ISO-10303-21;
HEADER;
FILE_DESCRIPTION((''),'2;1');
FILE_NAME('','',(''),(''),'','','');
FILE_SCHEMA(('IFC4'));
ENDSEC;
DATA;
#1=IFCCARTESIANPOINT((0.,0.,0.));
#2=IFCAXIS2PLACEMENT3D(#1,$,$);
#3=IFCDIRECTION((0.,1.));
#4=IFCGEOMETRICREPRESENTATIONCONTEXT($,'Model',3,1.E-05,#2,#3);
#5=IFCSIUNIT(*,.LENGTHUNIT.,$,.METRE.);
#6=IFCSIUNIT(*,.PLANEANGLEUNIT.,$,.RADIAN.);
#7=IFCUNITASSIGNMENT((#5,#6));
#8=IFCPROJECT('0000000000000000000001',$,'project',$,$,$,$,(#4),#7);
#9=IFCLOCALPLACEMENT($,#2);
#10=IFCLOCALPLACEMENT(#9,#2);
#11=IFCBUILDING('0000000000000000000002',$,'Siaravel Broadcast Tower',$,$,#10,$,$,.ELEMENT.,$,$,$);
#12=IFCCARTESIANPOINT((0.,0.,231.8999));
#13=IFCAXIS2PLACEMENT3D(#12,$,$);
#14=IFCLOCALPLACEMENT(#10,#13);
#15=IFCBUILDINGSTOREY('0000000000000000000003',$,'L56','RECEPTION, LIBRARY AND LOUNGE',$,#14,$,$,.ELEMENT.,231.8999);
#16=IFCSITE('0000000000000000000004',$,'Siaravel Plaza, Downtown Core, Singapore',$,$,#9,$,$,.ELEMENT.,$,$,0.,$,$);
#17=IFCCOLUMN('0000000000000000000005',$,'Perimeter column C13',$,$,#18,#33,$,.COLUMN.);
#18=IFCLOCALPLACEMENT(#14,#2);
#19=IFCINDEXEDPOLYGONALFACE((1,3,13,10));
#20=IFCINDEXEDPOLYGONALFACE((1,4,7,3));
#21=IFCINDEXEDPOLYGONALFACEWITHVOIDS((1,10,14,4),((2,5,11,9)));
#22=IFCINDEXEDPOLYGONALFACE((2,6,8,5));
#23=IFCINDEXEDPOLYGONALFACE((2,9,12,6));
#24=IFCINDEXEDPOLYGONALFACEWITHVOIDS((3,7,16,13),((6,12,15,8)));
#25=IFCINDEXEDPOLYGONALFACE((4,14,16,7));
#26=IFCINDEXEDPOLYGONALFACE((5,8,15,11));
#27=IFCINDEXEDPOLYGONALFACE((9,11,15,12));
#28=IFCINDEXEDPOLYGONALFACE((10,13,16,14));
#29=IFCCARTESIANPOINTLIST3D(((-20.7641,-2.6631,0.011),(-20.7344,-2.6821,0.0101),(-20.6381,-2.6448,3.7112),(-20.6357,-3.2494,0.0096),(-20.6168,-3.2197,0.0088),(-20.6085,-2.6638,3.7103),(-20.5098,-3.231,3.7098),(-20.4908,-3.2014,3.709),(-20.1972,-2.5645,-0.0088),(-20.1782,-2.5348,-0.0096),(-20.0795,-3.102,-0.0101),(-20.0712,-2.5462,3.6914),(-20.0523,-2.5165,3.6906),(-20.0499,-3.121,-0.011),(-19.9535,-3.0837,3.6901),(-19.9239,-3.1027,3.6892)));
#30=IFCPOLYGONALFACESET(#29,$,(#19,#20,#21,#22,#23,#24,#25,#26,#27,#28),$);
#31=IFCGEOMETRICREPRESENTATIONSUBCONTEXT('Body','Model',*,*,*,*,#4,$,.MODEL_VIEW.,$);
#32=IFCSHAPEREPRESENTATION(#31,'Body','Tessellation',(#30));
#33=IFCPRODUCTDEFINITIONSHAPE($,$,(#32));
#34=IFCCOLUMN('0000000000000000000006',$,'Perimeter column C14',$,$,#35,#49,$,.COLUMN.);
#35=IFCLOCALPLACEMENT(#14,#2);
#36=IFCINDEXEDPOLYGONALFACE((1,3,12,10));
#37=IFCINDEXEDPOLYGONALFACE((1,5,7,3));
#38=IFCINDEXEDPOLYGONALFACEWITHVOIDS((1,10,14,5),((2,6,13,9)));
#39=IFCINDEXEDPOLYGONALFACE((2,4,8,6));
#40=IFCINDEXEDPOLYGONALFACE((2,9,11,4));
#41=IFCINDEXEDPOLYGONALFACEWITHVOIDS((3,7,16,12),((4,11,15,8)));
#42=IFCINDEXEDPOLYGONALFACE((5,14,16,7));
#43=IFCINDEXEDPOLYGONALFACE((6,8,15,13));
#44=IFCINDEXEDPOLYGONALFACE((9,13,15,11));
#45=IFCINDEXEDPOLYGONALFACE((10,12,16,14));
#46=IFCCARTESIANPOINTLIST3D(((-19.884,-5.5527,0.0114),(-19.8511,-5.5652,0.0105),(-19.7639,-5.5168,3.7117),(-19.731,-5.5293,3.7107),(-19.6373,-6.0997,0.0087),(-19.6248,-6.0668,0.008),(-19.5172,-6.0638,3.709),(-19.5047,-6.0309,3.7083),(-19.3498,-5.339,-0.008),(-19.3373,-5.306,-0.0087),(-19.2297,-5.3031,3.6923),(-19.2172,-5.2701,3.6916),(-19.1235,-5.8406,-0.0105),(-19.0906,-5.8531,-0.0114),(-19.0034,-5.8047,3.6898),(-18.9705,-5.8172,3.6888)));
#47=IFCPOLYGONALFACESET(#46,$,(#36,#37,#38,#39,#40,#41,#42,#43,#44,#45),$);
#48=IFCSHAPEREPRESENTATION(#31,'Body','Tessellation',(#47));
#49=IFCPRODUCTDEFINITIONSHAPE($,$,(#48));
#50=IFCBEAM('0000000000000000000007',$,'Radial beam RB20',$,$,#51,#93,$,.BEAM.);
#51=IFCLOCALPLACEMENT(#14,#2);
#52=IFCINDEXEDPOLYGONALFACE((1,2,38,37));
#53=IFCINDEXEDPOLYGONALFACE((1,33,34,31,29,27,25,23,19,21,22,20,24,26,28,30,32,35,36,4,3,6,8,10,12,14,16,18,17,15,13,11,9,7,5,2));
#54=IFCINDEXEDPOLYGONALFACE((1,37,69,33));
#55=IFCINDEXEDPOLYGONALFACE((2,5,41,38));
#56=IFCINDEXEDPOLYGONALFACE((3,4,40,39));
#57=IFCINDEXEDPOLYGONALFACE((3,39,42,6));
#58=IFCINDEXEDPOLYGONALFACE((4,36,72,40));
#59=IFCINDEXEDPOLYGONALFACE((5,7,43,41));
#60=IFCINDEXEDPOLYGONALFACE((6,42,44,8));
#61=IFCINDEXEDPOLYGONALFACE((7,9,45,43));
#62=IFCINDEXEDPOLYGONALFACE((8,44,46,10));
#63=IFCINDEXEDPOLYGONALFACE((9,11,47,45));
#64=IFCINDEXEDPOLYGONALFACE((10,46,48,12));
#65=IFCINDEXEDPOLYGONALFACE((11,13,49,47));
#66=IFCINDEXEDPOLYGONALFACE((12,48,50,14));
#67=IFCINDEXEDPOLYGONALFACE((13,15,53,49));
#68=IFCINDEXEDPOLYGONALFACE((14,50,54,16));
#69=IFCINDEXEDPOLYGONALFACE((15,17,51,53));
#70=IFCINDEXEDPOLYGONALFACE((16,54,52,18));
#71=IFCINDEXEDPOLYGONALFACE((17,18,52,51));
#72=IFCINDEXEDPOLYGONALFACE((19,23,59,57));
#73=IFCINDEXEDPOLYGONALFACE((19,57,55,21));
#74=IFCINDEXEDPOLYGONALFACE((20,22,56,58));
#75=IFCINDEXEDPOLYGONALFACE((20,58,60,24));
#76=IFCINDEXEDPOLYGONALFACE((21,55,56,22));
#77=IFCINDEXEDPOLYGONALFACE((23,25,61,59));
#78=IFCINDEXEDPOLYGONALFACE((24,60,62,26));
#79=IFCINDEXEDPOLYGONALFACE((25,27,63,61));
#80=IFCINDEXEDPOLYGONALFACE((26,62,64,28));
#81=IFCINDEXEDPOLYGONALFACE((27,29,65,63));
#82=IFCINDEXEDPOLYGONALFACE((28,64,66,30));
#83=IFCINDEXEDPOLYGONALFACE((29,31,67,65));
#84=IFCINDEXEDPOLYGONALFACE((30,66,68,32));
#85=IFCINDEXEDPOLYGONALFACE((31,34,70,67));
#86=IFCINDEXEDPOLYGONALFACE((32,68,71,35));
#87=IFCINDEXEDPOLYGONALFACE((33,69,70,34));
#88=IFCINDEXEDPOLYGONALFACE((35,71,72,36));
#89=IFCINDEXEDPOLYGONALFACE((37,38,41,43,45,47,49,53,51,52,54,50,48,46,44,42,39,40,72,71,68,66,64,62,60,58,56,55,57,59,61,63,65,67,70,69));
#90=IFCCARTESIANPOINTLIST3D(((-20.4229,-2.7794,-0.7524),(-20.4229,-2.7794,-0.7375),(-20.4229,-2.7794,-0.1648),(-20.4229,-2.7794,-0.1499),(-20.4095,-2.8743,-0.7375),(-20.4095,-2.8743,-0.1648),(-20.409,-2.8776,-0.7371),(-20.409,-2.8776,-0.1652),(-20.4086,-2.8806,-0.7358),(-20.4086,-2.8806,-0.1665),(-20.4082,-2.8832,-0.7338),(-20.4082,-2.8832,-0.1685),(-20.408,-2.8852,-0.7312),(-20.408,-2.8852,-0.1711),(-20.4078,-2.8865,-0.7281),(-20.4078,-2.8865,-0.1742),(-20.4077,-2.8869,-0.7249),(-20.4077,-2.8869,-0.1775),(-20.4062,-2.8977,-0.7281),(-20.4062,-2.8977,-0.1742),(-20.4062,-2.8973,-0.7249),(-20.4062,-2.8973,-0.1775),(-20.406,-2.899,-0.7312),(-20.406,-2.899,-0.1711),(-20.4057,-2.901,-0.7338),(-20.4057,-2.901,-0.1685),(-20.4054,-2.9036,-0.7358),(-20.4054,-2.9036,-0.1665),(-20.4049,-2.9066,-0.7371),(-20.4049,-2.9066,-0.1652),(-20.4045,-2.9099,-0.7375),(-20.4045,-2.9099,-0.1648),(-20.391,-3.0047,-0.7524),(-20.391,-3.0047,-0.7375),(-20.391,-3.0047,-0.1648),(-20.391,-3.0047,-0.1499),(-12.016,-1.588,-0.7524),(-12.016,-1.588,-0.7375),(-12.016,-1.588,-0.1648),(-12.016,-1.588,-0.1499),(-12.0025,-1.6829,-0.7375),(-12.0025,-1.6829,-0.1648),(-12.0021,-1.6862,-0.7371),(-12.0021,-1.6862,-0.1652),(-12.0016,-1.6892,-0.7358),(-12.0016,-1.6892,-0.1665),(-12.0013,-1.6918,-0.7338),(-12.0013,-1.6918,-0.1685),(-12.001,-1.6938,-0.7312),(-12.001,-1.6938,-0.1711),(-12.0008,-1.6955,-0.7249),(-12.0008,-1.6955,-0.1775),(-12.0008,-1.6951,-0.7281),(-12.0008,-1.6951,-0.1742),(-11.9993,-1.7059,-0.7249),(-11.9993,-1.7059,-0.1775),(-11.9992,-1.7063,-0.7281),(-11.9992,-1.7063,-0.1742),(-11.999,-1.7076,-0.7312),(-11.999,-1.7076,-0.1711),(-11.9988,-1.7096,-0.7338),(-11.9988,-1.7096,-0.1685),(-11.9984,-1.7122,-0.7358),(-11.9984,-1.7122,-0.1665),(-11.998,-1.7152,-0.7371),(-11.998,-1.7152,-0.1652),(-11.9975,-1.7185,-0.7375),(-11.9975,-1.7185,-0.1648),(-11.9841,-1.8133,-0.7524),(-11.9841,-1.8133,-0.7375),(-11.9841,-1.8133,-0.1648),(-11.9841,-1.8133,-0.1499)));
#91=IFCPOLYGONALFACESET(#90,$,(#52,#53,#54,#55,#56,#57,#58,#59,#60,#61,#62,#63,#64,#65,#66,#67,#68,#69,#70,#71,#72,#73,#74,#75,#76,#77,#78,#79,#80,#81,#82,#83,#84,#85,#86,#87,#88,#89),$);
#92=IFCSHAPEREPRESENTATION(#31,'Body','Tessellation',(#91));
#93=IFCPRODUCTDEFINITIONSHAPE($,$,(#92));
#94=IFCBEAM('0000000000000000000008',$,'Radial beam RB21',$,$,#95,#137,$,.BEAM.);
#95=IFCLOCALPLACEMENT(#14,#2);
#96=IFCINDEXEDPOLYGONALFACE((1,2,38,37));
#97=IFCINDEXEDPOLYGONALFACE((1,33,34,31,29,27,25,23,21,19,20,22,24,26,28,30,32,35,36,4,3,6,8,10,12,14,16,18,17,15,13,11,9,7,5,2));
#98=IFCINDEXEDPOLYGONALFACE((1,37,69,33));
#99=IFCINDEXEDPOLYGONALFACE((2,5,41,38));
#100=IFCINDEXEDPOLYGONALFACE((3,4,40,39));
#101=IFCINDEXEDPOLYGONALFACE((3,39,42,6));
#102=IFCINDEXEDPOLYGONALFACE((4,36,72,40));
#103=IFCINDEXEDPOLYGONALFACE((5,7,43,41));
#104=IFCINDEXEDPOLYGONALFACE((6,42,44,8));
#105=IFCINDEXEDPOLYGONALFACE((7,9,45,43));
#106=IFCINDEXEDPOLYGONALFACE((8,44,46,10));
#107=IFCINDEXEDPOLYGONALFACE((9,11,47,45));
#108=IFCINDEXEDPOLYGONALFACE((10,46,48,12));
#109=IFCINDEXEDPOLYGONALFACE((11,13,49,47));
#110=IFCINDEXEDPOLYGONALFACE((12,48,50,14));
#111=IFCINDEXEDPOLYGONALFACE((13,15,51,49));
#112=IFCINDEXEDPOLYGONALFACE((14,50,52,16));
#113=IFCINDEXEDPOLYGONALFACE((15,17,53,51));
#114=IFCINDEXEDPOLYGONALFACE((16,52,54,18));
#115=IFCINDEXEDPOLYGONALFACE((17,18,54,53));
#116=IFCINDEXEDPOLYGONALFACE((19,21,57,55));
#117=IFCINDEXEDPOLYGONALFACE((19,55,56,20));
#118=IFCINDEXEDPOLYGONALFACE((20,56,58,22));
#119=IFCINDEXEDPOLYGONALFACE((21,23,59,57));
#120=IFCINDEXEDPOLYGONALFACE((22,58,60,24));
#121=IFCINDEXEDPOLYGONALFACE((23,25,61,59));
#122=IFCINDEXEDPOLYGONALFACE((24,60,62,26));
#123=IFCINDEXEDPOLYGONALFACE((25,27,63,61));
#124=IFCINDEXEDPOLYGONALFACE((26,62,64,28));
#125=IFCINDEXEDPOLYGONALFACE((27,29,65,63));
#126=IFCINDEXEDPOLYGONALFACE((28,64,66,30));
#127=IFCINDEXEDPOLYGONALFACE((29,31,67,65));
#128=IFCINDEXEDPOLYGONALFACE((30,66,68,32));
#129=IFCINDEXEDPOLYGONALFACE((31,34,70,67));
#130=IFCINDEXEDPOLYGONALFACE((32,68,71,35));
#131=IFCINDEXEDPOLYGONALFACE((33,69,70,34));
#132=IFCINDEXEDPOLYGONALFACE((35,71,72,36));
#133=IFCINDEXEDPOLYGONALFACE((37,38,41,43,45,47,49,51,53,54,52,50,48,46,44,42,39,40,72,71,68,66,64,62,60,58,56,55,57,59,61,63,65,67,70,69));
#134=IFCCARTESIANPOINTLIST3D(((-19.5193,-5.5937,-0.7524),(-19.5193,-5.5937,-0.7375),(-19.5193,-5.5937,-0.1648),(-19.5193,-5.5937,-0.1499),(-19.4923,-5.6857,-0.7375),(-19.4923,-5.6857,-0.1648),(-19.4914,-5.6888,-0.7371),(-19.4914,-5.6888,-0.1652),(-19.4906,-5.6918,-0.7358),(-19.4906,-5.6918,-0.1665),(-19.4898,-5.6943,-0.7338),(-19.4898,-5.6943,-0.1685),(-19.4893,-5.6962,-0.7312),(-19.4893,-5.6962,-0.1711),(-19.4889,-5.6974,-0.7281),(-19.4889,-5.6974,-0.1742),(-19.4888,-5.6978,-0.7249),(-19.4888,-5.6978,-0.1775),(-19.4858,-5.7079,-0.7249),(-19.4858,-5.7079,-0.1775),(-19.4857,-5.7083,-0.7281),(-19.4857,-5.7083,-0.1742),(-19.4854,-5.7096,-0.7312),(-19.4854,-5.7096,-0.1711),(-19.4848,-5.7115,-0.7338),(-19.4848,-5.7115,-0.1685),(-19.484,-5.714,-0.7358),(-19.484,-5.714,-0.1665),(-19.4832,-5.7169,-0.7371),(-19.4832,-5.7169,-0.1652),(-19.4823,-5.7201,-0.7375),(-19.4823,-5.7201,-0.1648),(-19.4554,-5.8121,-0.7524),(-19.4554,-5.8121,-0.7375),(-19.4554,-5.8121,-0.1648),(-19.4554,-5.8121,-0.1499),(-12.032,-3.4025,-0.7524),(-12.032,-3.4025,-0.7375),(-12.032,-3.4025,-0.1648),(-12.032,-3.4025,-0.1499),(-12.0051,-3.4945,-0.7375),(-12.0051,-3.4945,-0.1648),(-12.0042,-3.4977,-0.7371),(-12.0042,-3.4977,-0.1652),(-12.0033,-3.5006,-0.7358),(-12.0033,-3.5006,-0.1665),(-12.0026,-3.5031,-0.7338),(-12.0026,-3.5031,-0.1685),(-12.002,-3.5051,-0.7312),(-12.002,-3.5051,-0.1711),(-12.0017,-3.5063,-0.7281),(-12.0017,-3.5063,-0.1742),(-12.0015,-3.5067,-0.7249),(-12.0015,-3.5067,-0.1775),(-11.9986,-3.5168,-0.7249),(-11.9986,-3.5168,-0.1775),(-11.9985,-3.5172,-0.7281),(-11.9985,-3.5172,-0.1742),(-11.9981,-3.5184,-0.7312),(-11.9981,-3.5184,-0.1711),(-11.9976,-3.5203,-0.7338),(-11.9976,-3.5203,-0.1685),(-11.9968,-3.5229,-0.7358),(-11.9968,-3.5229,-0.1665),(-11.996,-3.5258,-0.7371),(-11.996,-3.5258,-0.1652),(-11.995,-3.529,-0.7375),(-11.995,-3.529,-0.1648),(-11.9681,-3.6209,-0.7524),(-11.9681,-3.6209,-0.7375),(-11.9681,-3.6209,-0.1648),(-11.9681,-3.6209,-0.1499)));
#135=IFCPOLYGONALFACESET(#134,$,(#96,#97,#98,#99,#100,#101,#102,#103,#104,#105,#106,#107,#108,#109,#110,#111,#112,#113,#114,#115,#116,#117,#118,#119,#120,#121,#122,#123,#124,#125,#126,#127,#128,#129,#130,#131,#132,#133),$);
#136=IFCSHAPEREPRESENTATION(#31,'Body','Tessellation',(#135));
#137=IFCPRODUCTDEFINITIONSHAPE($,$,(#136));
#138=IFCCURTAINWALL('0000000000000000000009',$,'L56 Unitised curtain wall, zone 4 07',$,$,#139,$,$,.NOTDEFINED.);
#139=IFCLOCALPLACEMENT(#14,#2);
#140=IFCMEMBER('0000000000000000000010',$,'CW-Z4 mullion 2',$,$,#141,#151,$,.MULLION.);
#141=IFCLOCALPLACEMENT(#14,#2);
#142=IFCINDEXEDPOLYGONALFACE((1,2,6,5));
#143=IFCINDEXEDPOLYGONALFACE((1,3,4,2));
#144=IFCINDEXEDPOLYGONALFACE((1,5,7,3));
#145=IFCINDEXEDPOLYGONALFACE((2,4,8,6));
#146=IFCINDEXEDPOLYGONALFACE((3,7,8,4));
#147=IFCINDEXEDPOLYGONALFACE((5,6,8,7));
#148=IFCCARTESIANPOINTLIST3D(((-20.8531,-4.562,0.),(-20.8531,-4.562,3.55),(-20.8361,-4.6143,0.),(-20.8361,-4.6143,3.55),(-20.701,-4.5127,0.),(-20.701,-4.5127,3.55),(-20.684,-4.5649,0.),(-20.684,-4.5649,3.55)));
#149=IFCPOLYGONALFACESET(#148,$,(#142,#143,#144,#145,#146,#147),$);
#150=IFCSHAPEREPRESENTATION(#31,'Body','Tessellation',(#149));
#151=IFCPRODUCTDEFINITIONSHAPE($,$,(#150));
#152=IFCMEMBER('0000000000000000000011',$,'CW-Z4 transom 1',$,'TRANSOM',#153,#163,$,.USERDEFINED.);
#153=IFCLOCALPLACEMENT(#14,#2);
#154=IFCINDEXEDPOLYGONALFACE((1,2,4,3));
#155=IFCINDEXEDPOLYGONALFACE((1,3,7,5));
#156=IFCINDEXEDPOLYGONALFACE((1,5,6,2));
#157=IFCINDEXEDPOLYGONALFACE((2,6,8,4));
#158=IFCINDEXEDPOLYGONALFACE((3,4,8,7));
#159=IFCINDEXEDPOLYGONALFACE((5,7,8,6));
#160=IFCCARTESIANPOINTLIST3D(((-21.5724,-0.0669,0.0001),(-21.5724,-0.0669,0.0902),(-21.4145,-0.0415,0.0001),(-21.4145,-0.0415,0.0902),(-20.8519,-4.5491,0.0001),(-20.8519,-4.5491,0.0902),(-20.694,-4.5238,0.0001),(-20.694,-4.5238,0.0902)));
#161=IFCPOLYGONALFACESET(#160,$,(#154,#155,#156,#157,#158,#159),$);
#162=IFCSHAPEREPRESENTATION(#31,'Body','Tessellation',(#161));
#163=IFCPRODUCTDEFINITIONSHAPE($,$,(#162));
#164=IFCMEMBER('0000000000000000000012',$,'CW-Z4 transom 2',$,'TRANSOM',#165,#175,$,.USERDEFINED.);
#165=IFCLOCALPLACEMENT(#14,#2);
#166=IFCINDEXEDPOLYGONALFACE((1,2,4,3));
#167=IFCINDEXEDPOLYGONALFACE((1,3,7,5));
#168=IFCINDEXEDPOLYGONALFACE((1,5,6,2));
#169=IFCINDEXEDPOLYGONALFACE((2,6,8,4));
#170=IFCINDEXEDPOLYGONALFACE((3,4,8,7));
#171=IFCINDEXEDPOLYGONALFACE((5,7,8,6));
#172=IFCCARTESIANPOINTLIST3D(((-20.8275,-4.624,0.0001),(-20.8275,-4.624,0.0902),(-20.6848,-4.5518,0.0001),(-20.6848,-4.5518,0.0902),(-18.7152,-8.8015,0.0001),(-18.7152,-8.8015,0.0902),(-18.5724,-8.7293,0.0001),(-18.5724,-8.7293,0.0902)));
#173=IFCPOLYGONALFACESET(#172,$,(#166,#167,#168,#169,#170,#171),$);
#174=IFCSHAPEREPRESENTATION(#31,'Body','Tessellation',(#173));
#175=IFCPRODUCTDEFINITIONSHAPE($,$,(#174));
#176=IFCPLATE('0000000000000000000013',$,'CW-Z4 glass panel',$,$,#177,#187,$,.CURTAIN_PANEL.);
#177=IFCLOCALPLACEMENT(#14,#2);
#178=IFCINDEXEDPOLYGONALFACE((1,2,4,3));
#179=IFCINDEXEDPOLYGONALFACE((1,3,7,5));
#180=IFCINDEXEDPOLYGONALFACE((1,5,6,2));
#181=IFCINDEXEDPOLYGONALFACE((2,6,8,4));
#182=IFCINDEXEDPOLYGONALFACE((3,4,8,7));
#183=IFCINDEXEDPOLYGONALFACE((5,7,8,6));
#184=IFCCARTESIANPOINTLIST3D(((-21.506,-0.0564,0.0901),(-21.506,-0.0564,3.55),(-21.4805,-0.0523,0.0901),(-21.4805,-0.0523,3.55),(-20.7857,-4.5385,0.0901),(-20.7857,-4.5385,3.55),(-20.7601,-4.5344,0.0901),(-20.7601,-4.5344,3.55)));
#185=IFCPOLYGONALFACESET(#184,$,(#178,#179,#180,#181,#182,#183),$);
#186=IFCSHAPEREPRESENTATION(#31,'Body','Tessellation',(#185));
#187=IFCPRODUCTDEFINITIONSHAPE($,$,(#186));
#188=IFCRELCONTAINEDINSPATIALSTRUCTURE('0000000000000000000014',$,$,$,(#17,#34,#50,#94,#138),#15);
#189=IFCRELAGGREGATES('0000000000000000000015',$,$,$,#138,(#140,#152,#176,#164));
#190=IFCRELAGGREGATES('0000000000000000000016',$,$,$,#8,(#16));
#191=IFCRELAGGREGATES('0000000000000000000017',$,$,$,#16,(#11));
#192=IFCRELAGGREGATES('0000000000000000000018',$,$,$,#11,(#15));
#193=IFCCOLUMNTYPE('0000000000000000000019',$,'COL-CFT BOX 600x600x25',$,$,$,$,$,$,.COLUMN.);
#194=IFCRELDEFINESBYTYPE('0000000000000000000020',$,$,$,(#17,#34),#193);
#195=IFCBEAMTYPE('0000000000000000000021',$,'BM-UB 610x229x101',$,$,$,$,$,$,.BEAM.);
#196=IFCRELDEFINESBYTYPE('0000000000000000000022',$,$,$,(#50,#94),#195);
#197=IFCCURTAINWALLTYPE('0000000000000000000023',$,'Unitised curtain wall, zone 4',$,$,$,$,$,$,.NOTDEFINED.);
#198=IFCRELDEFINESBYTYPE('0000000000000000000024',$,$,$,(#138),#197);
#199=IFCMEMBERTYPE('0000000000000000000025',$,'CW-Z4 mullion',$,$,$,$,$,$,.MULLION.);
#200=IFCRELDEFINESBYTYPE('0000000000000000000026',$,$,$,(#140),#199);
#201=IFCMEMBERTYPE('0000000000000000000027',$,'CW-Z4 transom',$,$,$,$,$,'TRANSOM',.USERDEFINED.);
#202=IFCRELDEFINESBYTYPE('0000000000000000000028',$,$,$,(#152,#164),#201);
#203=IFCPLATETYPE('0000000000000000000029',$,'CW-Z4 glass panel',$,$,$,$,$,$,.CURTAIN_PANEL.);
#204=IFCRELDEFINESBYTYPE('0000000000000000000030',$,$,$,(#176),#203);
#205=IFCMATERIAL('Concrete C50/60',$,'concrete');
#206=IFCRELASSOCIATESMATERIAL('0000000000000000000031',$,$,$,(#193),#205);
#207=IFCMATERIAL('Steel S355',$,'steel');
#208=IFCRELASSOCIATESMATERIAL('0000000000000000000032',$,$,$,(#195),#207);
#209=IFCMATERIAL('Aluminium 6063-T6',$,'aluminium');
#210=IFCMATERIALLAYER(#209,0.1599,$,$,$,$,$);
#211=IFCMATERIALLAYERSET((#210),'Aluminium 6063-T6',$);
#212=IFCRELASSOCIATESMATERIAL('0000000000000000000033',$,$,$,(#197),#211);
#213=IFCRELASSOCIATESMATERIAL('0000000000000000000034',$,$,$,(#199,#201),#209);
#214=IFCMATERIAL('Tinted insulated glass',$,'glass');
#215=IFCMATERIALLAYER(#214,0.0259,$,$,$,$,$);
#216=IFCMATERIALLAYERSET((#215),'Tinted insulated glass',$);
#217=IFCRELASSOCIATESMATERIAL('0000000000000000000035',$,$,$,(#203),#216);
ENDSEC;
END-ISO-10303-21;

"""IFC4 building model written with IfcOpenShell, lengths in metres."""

from ifc_helpers import new_model, si_unit, direction, frame, origin, origin_2d, place, context, subcontext, project, spatial, rectangle, hollow_rectangle, i_section, extrude, material, layer, layer_set, material_profile, profile_set, type_object, element, aggregate, save


model = new_model("IFC4")

# Units and contexts
model_context = context("Model", 3, precision=1e-05, world=origin(), true_north=direction((0.0, 1.0)))
body_context = subcontext(model_context, "Body", "Model", "MODEL_VIEW")
ifc_project = project(units=[si_unit("LENGTHUNIT", "METRE"), si_unit("PLANEANGLEUNIT", "RADIAN")], contexts=[model_context])

# Site, building, storey
site_placement = place(None, origin())
site = spatial("IfcSite", under=ifc_project, at=site_placement, Name="Siaravel Plaza, Downtown Core, Singapore", CompositionType="ELEMENT", RefElevation=0.0)
building_placement = place(site_placement, origin())
building = spatial("IfcBuilding", under=site, at=building_placement, Name="Siaravel Broadcast Tower", CompositionType="ELEMENT")
storey_placement = place(building_placement, frame((0.0, 0.0, 231.8999)))
storey = spatial("IfcBuildingStorey", under=building, at=storey_placement, Name="L56", Description="RECEPTION, LIBRARY AND LOUNGE", CompositionType="ELEMENT", Elevation=231.8999)

# Columns
ifc_material_1 = material(Name="Concrete C50/60", Category="concrete")
ifc_material_profile_1 = material_profile(ifc_material_1, hollow_rectangle(XDim=0.6001, YDim=0.6001, WallThickness=0.0249, at=origin_2d()))
ifc_profile_set_1 = profile_set([ifc_material_profile_1], Name="Concrete C50/60")
column_type = type_object("IfcColumnType", Name="COL-CFT BOX 600x600x25", PredefinedType="COLUMN", material=ifc_profile_set_1)
for number, where, z_axis, x_axis, name in (
    (1, (-20.407, -2.8921, 0.0), (0.034026, 0.004946, 0.999409), (-0.213875, 0.976858, 0.002448), "Perimeter column C13"),
    (2, (-19.4873, -5.7029, 0.0), (0.032444, 0.009694, 0.999427), (-0.411141, 0.911561, 0.004505), "Perimeter column C14"),
):
    element("IfcColumn", number, at=place(storey_placement, frame(where, z_axis=z_axis, x_axis=x_axis)), inside=storey, type_object=column_type, Name=name, PredefinedType="COLUMN", context=body_context, shape_type="SweptSolid", body=[
        extrude(hollow_rectangle(XDim=0.6001, YDim=0.6001, WallThickness=0.0249, at=origin_2d()), origin(), (0.0, 0.0, 1.0), 3.7024),
    ])

# Beams
ifc_material_2 = material(Name="Steel S355", Category="steel")
ifc_material_profile_2 = material_profile(ifc_material_2, i_section(OverallWidth=0.2275, OverallDepth=0.6025, WebThickness=0.0105, FlangeThickness=0.0149, FilletRadius=0.0127, at=origin_2d()))
ifc_profile_set_2 = profile_set([ifc_material_profile_2], Name="Steel S355")
beam_type = type_object("IfcBeamType", Name="BM-UB 610x229x101", PredefinedType="BEAM", material=ifc_profile_set_2)
beam_1_placement = place(storey_placement, frame((-20.407, -2.8921, -0.4512), z_axis=(0.990107, 0.140314, 0.0), x_axis=(-0.140314, 0.990107, 0.0)))
element("IfcBeam", 3, at=beam_1_placement, inside=storey, type_object=beam_type, Name="Radial beam RB20", PredefinedType="BEAM", context=body_context, shape_type="SweptSolid", body=[
    extrude(i_section(OverallWidth=0.2275, OverallDepth=0.6025, WebThickness=0.0105, FlangeThickness=0.0149, FilletRadius=0.0127, at=origin_2d()), origin(), (0.0, 0.0, 1.0), 8.491),
])
beam_2_placement = place(storey_placement, frame((-19.4873, -5.7029, -0.4512), z_axis=(0.959746, 0.28087, 0.0), x_axis=(-0.28087, 0.959746, 0.0)))
element("IfcBeam", 4, at=beam_2_placement, inside=storey, type_object=beam_type, Name="Radial beam RB21", PredefinedType="BEAM", context=body_context, shape_type="SweptSolid", body=[
    extrude(i_section(OverallWidth=0.2275, OverallDepth=0.6025, WebThickness=0.0105, FlangeThickness=0.0149, FilletRadius=0.0127, at=origin_2d()), origin(), (0.0, 0.0, 1.0), 7.8013),
])

# Curtain wall, members, plate
ifc_material_3 = material(Name="Aluminium 6063-T6", Category="aluminium")
ifc_layer_1 = layer(ifc_material_3, 0.1599)
ifc_layer_set_1 = layer_set([ifc_layer_1], Name="Aluminium 6063-T6")
curtain_wall_type = type_object("IfcCurtainWallType", Name="Unitised curtain wall, zone 4", PredefinedType="NOTDEFINED", material=ifc_layer_set_1)
curtain_wall_placement = place(storey_placement, origin())
curtain_wall = element("IfcCurtainWall", 5, at=curtain_wall_placement, inside=storey, type_object=curtain_wall_type, Name="L56 Unitised curtain wall, zone 4 07", PredefinedType="NOTDEFINED")
ifc_material_profile_3 = material_profile(ifc_material_3, rectangle(XDim=0.1599, YDim=0.0549, at=origin_2d()))
ifc_profile_set_3 = profile_set([ifc_material_profile_3], Name="Aluminium 6063-T6")
member_type_1 = type_object("IfcMemberType", Name="CW-Z4 mullion", PredefinedType="MULLION", material=ifc_profile_set_3)
member_1_placement = place(storey_placement, frame((-20.7686, -4.5635, 0.0), z_axis=(0.0, 0.0, 1.0), x_axis=(0.951178, 0.308644, 0.0)))
member_1 = element("IfcMember", 6, at=member_1_placement, type_object=member_type_1, Name="CW-Z4 mullion 2", PredefinedType="MULLION", context=body_context, shape_type="SweptSolid", body=[
    extrude(rectangle(XDim=0.1599, YDim=0.0549, at=origin_2d()), origin(), (0.0, 0.0, 1.0), 3.55),
])
ifc_material_profile_4 = material_profile(ifc_material_3, rectangle(XDim=0.1599, YDim=0.0901, at=origin_2d()))
ifc_profile_set_4 = profile_set([ifc_material_profile_4], Name="Aluminium 6063-T6")
member_type_2 = type_object("IfcMemberType", Name="CW-Z4 transom", ElementType="TRANSOM", PredefinedType="USERDEFINED", material=ifc_profile_set_4)
member_2_placement = place(storey_placement, frame((-21.4934, -0.0542, 0.0452), z_axis=(0.158701, -0.987327, 0.0), x_axis=(0.987327, 0.158701, 0.0)))
member_2 = element("IfcMember", 7, at=member_2_placement, type_object=member_type_2, Name="CW-Z4 transom 1", ObjectType="TRANSOM", PredefinedType="USERDEFINED", context=body_context, shape_type="SweptSolid", body=[
    extrude(rectangle(XDim=0.1599, YDim=0.0901, at=origin_2d()), origin(), (0.0, 0.0, 1.0), 4.5398),
])
member_3_placement = place(storey_placement, frame((-20.7561, -4.5879, 0.0452), z_axis=(0.451235, -0.892405, 0.0), x_axis=(0.892405, 0.451235, 0.0)))
member_3 = element("IfcMember", 8, at=member_3_placement, type_object=member_type_2, Name="CW-Z4 transom 2", ObjectType="TRANSOM", PredefinedType="USERDEFINED", context=body_context, shape_type="SweptSolid", body=[
    extrude(rectangle(XDim=0.1599, YDim=0.0901, at=origin_2d()), origin(), (0.0, 0.0, 1.0), 4.6812),
])
ifc_material_4 = material(Name="Tinted insulated glass", Category="glass")
ifc_layer_2 = layer(ifc_material_4, 0.0259)
ifc_layer_set_2 = layer_set([ifc_layer_2], Name="Tinted insulated glass")
plate_type = type_object("IfcPlateType", Name="CW-Z4 glass panel", PredefinedType="CURTAIN_PANEL", material=ifc_layer_set_2)
plate_1_placement = place(storey_placement, frame((-21.1331, -2.2954, 0.0901), z_axis=(0.0, 0.0, 1.0), x_axis=(0.158685, -0.987329, 0.0)))
plate_1 = element("IfcPlate", 9, at=plate_1_placement, type_object=plate_type, Name="CW-Z4 glass panel", PredefinedType="CURTAIN_PANEL", context=body_context, shape_type="SweptSolid", body=[
    extrude(rectangle(XDim=4.5396, YDim=0.0259, at=origin_2d()), origin(), (0.0, 0.0, 1.0), 3.46),
])
aggregate(curtain_wall, [member_1, member_2, plate_1, member_3])

save(model, "model.ifc")
